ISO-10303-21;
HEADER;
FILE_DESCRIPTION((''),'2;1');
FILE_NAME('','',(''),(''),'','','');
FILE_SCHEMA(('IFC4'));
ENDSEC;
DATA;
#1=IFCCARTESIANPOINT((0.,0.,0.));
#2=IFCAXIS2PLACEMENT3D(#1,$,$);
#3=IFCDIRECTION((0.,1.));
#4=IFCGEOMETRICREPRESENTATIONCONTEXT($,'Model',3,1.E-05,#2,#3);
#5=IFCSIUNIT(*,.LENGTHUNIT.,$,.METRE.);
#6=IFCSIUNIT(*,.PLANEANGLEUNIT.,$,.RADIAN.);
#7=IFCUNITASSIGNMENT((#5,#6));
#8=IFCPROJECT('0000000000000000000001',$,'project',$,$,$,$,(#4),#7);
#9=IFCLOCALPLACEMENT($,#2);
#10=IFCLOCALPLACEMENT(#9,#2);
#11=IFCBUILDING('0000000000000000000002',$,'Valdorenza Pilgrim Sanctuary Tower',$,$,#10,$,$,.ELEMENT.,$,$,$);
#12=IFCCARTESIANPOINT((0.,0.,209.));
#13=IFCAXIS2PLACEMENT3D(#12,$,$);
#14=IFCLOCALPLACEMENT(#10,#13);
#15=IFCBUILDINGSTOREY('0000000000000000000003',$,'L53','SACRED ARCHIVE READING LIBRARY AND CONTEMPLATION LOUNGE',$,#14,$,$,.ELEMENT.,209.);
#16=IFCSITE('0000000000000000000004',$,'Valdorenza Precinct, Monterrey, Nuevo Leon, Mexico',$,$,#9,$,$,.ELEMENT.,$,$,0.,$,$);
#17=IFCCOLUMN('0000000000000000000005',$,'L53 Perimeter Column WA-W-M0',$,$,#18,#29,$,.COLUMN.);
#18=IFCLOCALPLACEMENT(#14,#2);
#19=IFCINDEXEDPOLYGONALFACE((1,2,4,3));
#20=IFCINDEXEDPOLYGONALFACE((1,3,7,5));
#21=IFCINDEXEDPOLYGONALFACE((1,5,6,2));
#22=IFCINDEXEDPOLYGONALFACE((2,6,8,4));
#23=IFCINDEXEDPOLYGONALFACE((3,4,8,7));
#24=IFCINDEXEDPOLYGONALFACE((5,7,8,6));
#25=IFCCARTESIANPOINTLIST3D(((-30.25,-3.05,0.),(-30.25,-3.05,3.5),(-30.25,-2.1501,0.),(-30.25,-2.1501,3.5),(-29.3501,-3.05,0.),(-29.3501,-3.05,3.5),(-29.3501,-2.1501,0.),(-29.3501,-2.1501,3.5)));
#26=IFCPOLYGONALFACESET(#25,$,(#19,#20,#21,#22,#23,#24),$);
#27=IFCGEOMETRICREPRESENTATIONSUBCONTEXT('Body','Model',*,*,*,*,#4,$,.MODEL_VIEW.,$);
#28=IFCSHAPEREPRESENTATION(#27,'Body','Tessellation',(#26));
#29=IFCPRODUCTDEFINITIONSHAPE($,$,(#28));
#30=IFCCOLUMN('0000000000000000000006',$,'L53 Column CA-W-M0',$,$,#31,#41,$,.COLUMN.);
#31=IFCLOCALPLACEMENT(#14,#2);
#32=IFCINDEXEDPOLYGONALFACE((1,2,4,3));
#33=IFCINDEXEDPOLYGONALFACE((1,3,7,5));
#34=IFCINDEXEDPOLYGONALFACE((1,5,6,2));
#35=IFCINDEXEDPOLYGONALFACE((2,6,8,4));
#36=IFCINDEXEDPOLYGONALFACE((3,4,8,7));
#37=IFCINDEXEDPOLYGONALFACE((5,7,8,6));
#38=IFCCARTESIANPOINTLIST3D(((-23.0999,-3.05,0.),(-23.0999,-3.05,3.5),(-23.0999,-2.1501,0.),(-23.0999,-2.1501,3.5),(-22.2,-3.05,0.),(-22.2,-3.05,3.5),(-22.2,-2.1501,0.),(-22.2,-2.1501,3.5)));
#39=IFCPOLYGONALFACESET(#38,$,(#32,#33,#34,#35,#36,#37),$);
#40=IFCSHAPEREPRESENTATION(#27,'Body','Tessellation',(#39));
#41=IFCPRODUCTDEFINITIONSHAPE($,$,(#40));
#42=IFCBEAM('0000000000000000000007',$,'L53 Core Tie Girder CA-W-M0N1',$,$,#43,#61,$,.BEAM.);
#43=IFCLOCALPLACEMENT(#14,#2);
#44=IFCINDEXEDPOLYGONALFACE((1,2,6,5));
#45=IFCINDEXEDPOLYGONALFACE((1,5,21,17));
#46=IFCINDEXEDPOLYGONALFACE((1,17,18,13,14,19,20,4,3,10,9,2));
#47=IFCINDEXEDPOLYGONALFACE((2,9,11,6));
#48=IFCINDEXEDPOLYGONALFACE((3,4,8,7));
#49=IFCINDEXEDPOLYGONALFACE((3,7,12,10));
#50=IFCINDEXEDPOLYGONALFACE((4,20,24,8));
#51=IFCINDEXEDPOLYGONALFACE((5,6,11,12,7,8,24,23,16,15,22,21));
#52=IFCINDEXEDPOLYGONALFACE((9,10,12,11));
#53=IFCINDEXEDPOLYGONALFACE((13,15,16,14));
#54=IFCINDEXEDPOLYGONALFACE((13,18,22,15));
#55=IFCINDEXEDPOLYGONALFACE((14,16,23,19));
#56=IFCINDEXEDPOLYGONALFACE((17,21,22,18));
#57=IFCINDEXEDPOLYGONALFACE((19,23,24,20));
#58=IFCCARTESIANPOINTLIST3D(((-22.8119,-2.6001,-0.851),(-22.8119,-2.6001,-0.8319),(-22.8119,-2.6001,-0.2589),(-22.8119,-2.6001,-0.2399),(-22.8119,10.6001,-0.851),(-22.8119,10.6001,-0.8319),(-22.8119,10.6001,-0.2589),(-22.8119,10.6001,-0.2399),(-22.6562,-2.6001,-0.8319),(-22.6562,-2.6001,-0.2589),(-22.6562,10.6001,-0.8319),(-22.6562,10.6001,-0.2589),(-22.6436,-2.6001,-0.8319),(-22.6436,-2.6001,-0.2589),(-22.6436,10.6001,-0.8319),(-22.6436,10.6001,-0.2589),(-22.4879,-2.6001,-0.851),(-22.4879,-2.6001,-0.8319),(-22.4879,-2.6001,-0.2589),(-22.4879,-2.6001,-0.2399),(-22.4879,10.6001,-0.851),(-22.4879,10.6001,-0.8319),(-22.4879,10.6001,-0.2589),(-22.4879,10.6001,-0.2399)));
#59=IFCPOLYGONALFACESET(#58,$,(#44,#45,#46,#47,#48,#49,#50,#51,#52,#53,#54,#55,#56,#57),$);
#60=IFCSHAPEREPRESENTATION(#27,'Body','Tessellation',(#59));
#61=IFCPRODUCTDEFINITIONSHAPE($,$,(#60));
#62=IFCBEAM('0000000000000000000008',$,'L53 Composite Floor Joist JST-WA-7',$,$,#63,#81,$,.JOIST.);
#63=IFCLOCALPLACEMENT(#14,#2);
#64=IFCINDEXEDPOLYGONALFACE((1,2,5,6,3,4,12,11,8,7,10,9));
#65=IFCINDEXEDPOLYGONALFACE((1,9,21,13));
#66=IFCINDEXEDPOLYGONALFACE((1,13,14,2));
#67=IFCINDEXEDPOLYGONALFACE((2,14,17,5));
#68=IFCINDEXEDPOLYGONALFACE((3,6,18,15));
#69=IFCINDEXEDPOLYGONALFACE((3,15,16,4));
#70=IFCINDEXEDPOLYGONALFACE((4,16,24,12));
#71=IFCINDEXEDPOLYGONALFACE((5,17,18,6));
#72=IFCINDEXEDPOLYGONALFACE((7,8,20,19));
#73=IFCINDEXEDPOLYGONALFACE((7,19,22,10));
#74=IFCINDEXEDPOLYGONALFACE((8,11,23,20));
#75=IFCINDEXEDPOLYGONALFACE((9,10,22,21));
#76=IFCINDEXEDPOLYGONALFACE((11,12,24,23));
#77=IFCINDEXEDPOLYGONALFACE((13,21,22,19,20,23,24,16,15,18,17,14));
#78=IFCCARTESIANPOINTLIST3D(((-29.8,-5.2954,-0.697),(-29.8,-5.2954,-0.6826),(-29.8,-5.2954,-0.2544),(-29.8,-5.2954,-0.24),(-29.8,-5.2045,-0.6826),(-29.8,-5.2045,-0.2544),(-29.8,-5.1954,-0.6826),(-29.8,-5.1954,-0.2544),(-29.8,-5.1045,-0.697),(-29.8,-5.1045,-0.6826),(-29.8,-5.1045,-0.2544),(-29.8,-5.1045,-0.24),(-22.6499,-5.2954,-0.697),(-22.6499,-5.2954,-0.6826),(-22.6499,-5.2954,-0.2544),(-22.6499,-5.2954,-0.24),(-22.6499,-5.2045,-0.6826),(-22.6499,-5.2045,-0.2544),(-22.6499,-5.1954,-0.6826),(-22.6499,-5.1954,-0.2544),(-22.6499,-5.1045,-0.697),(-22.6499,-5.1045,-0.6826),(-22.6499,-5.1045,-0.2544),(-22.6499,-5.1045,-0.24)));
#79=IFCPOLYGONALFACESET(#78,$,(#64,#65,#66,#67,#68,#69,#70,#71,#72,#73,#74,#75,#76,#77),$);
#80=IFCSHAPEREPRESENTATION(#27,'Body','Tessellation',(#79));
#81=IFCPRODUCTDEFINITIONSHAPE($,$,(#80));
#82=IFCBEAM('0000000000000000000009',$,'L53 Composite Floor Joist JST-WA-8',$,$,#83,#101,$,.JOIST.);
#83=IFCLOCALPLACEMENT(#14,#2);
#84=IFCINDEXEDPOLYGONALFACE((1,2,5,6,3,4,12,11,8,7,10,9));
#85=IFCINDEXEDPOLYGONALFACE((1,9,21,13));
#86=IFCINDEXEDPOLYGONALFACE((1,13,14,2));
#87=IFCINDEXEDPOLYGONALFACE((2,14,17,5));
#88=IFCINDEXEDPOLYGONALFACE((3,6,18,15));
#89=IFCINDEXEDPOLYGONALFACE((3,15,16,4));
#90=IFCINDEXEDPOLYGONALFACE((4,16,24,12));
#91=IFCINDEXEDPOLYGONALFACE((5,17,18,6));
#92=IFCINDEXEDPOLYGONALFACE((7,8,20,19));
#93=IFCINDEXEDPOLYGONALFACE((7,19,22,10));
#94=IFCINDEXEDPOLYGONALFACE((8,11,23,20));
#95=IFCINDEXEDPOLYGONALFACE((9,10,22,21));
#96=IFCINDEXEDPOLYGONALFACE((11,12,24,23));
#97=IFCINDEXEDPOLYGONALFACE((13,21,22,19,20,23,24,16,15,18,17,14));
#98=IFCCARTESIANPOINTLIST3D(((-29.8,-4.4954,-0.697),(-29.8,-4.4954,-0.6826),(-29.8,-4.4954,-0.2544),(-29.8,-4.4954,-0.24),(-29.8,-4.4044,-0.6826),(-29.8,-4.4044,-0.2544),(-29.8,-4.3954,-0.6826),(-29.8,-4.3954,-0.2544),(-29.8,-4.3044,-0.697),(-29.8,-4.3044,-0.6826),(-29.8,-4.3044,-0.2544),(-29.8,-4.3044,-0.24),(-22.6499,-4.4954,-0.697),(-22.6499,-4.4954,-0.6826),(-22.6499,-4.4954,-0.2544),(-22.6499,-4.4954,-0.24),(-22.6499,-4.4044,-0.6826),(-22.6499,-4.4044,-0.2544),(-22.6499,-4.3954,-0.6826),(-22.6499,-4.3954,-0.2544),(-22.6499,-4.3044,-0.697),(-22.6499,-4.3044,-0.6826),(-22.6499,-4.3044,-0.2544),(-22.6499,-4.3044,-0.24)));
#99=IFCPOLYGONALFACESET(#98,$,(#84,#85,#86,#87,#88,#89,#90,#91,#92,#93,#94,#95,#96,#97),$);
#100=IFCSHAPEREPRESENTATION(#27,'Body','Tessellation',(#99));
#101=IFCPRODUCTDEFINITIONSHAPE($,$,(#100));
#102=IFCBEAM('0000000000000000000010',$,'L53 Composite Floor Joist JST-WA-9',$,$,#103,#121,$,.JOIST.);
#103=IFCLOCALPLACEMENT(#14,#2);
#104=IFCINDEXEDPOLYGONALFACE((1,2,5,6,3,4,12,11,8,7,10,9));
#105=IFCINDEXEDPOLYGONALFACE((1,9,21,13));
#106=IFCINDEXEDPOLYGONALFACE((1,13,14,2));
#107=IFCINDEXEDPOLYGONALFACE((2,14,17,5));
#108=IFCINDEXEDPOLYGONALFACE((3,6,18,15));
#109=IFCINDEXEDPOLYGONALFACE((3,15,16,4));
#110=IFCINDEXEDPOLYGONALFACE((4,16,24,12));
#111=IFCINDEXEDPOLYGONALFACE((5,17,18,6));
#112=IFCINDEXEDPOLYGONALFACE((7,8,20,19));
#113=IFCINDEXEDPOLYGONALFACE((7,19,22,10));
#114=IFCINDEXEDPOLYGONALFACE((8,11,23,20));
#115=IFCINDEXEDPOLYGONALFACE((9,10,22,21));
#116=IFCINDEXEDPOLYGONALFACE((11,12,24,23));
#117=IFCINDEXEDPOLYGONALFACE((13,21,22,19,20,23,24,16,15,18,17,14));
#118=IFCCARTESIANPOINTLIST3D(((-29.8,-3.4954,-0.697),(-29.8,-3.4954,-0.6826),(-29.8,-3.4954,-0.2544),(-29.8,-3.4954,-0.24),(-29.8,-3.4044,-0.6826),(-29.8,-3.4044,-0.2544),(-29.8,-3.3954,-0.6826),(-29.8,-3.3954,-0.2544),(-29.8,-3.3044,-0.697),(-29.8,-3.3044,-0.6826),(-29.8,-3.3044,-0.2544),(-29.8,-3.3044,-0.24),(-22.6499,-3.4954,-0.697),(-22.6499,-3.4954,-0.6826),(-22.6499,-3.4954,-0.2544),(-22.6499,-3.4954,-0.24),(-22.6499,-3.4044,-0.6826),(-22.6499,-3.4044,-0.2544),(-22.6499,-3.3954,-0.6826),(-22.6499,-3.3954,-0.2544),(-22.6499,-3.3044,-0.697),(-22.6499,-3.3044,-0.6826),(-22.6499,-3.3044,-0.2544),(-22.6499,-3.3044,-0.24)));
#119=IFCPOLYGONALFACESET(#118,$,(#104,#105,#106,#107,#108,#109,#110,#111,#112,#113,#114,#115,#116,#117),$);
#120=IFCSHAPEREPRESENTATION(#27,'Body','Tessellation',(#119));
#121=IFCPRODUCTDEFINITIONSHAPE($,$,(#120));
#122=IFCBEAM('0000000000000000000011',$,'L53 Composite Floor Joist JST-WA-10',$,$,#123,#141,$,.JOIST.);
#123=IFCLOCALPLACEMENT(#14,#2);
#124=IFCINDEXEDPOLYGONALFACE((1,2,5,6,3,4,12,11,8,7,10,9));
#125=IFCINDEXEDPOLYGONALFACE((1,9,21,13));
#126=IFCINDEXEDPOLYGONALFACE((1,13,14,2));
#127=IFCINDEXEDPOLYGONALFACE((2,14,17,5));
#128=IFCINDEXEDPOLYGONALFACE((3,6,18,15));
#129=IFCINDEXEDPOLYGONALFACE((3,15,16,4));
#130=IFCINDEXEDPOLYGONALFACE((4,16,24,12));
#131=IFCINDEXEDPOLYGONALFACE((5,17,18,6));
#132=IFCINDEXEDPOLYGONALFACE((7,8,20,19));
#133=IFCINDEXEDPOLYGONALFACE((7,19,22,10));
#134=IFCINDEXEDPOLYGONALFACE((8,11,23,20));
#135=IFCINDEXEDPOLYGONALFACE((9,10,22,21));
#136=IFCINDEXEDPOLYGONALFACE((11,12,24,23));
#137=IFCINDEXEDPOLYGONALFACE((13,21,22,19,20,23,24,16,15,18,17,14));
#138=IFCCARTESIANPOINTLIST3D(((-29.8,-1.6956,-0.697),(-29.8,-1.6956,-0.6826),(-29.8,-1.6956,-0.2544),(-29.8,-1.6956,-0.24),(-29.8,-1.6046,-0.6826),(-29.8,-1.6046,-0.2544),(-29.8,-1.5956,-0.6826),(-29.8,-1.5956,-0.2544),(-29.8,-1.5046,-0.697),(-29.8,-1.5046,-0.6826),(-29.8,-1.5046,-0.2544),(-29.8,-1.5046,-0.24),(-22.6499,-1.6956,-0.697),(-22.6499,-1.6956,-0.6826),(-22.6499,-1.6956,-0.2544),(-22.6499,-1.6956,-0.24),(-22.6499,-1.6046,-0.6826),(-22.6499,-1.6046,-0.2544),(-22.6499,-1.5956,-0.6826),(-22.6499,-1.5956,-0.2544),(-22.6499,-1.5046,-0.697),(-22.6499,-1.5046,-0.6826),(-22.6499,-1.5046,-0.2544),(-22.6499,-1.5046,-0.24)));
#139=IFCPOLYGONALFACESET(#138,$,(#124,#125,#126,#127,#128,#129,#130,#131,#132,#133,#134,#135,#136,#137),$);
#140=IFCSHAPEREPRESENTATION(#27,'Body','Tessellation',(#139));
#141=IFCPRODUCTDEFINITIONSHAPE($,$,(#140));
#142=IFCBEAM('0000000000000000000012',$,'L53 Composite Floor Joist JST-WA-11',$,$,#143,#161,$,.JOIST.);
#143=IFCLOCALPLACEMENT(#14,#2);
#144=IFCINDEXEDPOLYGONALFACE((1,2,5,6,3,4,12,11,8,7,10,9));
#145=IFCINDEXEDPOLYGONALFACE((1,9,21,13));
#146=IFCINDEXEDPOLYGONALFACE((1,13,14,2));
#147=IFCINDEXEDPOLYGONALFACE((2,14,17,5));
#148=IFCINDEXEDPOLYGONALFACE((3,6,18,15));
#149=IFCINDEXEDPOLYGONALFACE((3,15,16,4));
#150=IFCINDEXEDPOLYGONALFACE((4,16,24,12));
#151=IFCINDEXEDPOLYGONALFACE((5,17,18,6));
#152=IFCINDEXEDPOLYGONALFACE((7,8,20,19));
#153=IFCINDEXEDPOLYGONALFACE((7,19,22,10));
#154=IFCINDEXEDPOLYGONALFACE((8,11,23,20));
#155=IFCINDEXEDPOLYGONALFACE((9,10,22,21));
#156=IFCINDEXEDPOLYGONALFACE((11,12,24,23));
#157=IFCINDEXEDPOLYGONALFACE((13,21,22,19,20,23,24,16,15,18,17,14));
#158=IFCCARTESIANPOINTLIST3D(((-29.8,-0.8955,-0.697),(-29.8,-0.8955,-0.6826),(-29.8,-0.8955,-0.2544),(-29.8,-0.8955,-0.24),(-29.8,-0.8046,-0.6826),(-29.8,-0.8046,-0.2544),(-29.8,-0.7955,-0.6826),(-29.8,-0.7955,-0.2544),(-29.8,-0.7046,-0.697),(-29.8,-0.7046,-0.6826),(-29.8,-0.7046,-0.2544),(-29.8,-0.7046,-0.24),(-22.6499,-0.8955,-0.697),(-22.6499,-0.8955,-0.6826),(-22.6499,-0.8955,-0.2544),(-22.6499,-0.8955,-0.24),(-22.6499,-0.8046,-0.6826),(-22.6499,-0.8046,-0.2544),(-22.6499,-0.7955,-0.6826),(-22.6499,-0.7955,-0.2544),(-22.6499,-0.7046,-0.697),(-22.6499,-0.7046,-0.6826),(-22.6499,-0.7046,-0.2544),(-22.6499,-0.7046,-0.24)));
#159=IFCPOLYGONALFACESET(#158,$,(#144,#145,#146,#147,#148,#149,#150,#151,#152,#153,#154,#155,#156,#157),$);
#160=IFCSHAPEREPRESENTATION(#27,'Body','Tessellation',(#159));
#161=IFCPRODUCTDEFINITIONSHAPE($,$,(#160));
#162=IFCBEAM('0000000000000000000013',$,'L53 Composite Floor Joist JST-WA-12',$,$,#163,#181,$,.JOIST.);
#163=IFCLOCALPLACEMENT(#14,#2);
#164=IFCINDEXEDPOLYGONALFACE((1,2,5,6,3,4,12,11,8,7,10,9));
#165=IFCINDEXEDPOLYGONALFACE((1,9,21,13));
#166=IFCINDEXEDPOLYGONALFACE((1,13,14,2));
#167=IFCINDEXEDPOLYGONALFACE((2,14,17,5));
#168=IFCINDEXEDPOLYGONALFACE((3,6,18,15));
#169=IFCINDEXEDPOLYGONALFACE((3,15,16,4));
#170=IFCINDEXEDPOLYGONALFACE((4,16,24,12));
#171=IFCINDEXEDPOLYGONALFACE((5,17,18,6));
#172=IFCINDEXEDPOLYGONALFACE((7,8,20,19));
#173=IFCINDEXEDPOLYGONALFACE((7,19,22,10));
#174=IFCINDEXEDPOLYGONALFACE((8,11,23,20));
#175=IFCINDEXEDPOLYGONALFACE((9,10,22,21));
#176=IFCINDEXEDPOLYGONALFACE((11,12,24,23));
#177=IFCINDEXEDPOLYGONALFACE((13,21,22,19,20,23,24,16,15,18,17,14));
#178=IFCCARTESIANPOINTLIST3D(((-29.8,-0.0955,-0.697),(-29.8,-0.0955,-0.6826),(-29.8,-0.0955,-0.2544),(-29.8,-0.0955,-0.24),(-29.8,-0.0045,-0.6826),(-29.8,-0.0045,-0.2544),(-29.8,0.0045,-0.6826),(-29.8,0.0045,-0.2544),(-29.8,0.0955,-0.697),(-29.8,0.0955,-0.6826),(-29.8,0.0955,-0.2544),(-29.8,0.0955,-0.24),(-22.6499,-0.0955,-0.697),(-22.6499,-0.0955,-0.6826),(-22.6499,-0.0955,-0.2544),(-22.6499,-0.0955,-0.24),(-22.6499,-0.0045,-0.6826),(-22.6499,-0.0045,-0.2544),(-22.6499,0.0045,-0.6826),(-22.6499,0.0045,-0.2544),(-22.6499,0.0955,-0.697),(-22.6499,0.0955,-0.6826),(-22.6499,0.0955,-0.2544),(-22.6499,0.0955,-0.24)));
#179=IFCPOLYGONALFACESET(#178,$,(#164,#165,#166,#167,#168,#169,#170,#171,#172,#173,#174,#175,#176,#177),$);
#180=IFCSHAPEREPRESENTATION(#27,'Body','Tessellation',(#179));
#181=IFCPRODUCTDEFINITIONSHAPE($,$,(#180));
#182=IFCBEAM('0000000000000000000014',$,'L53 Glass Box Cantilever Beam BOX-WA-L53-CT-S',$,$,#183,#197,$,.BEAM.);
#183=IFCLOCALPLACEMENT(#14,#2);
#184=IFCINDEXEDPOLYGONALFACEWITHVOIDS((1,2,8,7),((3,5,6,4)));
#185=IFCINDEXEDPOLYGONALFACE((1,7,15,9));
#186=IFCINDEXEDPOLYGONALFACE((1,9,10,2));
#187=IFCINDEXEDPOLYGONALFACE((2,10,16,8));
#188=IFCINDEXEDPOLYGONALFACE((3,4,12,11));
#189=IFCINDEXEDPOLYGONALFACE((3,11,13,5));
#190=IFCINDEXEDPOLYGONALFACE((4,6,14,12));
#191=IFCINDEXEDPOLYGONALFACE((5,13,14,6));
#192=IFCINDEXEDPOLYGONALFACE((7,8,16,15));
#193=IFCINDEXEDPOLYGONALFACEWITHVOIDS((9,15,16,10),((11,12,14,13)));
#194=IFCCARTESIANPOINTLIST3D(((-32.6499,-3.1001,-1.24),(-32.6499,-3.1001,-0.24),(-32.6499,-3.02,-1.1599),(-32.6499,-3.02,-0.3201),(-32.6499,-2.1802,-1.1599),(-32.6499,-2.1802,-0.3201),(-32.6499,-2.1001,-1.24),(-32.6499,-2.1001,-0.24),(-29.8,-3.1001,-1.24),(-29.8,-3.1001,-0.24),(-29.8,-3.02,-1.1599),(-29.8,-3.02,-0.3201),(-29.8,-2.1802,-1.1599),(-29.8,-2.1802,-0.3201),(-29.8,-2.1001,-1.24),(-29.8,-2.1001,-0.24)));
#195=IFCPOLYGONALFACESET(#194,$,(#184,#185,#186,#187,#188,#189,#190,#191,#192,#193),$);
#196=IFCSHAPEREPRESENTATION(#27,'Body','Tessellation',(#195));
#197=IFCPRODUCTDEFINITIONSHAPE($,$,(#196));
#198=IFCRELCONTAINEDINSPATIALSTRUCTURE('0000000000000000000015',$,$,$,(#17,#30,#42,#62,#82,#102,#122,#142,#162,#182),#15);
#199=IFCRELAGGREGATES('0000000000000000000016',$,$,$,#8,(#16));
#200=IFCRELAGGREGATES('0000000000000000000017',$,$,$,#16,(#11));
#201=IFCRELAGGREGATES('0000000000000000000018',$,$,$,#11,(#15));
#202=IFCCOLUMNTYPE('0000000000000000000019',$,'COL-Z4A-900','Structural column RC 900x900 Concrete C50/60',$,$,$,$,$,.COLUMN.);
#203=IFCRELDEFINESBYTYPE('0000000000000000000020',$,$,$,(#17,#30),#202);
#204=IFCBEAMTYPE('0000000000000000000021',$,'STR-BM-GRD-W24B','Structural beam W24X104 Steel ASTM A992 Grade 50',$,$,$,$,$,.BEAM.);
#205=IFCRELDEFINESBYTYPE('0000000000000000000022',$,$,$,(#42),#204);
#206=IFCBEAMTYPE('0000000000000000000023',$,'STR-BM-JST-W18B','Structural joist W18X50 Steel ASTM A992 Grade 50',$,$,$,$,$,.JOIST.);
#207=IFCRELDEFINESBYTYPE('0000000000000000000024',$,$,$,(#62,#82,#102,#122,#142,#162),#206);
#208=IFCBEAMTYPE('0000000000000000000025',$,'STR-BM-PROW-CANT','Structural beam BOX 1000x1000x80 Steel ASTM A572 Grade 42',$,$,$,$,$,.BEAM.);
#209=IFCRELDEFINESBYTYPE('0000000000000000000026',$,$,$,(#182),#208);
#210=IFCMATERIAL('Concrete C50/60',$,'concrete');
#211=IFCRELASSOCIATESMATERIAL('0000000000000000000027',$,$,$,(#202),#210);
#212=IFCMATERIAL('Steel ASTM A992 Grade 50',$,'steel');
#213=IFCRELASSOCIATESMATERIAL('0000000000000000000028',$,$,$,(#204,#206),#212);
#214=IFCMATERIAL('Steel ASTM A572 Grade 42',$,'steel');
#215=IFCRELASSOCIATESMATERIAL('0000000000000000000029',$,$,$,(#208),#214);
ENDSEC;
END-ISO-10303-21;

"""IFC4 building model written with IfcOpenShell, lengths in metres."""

from ifc_helpers import new_model, si_unit, direction, frame, origin, origin_2d, place, context, subcontext, project, spatial, rectangle, hollow_rectangle, i_section, extrude, source, transform, mapped, material, material_profile, profile_set, type_object, element, save


model = new_model("IFC4")

# Units and contexts
model_context = context("Model", 3, precision=1e-05, world=origin(), true_north=direction((0.0, 1.0)))
body_context = subcontext(model_context, "Body", "Model", "MODEL_VIEW")
ifc_project = project(units=[si_unit("LENGTHUNIT", "METRE"), si_unit("PLANEANGLEUNIT", "RADIAN")], contexts=[model_context])

# Site, building, storey
site_placement = place(None, origin())
site = spatial("IfcSite", under=ifc_project, at=site_placement, Name="Valdorenza Precinct, Monterrey, Nuevo Leon, Mexico", CompositionType="ELEMENT", RefElevation=0.0)
building_placement = place(site_placement, origin())
building = spatial("IfcBuilding", under=site, at=building_placement, Name="Valdorenza Pilgrim Sanctuary Tower", CompositionType="ELEMENT")
storey_placement = place(building_placement, frame((0.0, 0.0, 209.0)))
storey = spatial("IfcBuildingStorey", under=building, at=storey_placement, Name="L53", Description="SACRED ARCHIVE READING LIBRARY AND CONTEMPLATION LOUNGE", CompositionType="ELEMENT", Elevation=209.0)

# Columns
ifc_material_1 = material(Name="Concrete C50/60", Category="concrete")
ifc_material_profile_1 = material_profile(ifc_material_1, rectangle(XDim=0.8999, YDim=0.8999, at=origin_2d()), Name="RC 900x900")
ifc_profile_set_1 = profile_set([ifc_material_profile_1], Name="Concrete C50/60")
column_type = type_object("IfcColumnType", Name="COL-Z4A-900", Description="Structural column RC 900x900 Concrete C50/60", PredefinedType="COLUMN", material=ifc_profile_set_1)
shared_shape_1 = source(origin(), body_context, "Body", "SweptSolid", [
    extrude(rectangle(XDim=0.8999, YDim=0.8999, at=origin_2d()), origin(), (0.0, 0.0, 1.0), 3.5),
])
for number, where, z_axis, x_axis, name in (
    (1, (-29.8, -2.6001, 0.0), (0.0, 0.0, 1.0), (1.0, 0.0, 0.0), "L53 Perimeter Column WA-W-M0"),
    (2, (-22.6499, -2.6001, 0.0), (0.0, 0.0, 1.0), (1.0, 0.0, 0.0), "L53 Column CA-W-M0"),
):
    element("IfcColumn", number, at=place(storey_placement, frame(where, z_axis=z_axis, x_axis=x_axis)), inside=storey, type_object=column_type, Name=name, PredefinedType="COLUMN", context=body_context, shape_type="MappedRepresentation", body=[
        mapped(shared_shape_1, transform((0.0, 0.0, 0.0), x_axis=(1.0, 0.0, 0.0), y_axis=(0.0, 1.0, 0.0), z_axis=(0.0, 0.0, 1.0), scale=1.0)),
    ])

# Beams
ifc_material_2 = material(Name="Steel ASTM A992 Grade 50", Category="steel")
ifc_material_profile_2 = material_profile(ifc_material_2, i_section(OverallWidth=0.324, OverallDepth=0.6111, WebThickness=0.0127, FlangeThickness=0.019, at=origin_2d()), Name="W24X104")
ifc_profile_set_2 = profile_set([ifc_material_profile_2], Name="Steel ASTM A992 Grade 50")
beam_type_1 = type_object("IfcBeamType", Name="STR-BM-GRD-W24B", Description="Structural beam W24X104 Steel ASTM A992 Grade 50", PredefinedType="BEAM", material=ifc_profile_set_2)
shared_shape_2 = source(origin(), body_context, "Body", "SweptSolid", [
    extrude(i_section(OverallWidth=0.324, OverallDepth=0.6111, WebThickness=0.0127, FlangeThickness=0.019, at=origin_2d()), origin(), (0.0, 0.0, 1.0), 13.2002),
])
beam_1_placement = place(storey_placement, frame((-22.6499, -2.6001, -0.5454), z_axis=(0.0, 1.0, 0.0), x_axis=(-1.0, 0.0, 0.0)))
element("IfcBeam", 3, at=beam_1_placement, inside=storey, type_object=beam_type_1, Name="L53 Core Tie Girder CA-W-M0N1", PredefinedType="BEAM", context=body_context, shape_type="MappedRepresentation", body=[
    mapped(shared_shape_2, transform((0.0, 0.0, 0.0), x_axis=(1.0, 0.0, 0.0), y_axis=(0.0, 1.0, 0.0), z_axis=(0.0, 0.0, 1.0), scale=1.0)),
])
ifc_material_profile_3 = material_profile(ifc_material_2, i_section(OverallWidth=0.1909, OverallDepth=0.457, WebThickness=0.009, FlangeThickness=0.0144, at=origin_2d()), Name="W18X50")
ifc_profile_set_3 = profile_set([ifc_material_profile_3], Name="Steel ASTM A992 Grade 50")
beam_type_2 = type_object("IfcBeamType", Name="STR-BM-JST-W18B", Description="Structural joist W18X50 Steel ASTM A992 Grade 50", PredefinedType="JOIST", material=ifc_profile_set_3)
shared_shape_3 = source(origin(), body_context, "Body", "SweptSolid", [
    extrude(i_section(OverallWidth=0.1909, OverallDepth=0.457, WebThickness=0.009, FlangeThickness=0.0144, at=origin_2d()), origin(), (0.0, 0.0, 1.0), 7.1501),
])
for number, where, z_axis, x_axis, name in (
    (4, (-29.8, -5.2, -0.4685), (1.0, 0.0, 0.0), (0.0, 1.0, 0.0), "L53 Composite Floor Joist JST-WA-7"),
    (5, (-29.8, -4.3999, -0.4685), (1.0, 0.0, 0.0), (0.0, 1.0, 0.0), "L53 Composite Floor Joist JST-WA-8"),
    (6, (-29.8, -3.3999, -0.4685), (1.0, 0.0, 0.0), (0.0, 1.0, 0.0), "L53 Composite Floor Joist JST-WA-9"),
    (7, (-29.8, -1.6001, -0.4685), (1.0, 0.0, 0.0), (0.0, 1.0, 0.0), "L53 Composite Floor Joist JST-WA-10"),
    (8, (-29.8, -0.8, -0.4685), (1.0, 0.0, 0.0), (0.0, 1.0, 0.0), "L53 Composite Floor Joist JST-WA-11"),
    (9, (-29.8, 0.0, -0.4685), (1.0, 0.0, 0.0), (0.0, 1.0, 0.0), "L53 Composite Floor Joist JST-WA-12"),
):
    element("IfcBeam", number, at=place(storey_placement, frame(where, z_axis=z_axis, x_axis=x_axis)), inside=storey, type_object=beam_type_2, Name=name, PredefinedType="JOIST", context=body_context, shape_type="MappedRepresentation", body=[
        mapped(shared_shape_3, transform((0.0, 0.0, 0.0), x_axis=(1.0, 0.0, 0.0), y_axis=(0.0, 1.0, 0.0), z_axis=(0.0, 0.0, 1.0), scale=1.0)),
    ])
ifc_material_3 = material(Name="Steel ASTM A572 Grade 42", Category="steel")
ifc_material_profile_4 = material_profile(ifc_material_3, hollow_rectangle(XDim=1.0, YDim=1.0, WallThickness=0.0801, at=origin_2d()), Name="BOX 1000x1000x80")
ifc_profile_set_4 = profile_set([ifc_material_profile_4], Name="Steel ASTM A572 Grade 42")
beam_type_3 = type_object("IfcBeamType", Name="STR-BM-PROW-CANT", Description="Structural beam BOX 1000x1000x80 Steel ASTM A572 Grade 42", PredefinedType="BEAM", material=ifc_profile_set_4)
shared_shape_4 = source(origin(), body_context, "Body", "SweptSolid", [
    extrude(hollow_rectangle(XDim=1.0, YDim=1.0, WallThickness=0.0801, at=origin_2d()), origin(), (0.0, 0.0, 1.0), 2.8499),
])
beam_2_placement = place(storey_placement, frame((-29.8, -2.6001, -0.74), z_axis=(-1.0, 0.0, 0.0), x_axis=(0.0, -1.0, 0.0)))
element("IfcBeam", 10, at=beam_2_placement, inside=storey, type_object=beam_type_3, Name="L53 Glass Box Cantilever Beam BOX-WA-L53-CT-S", PredefinedType="BEAM", context=body_context, shape_type="MappedRepresentation", body=[
    mapped(shared_shape_4, transform((0.0, 0.0, 0.0), x_axis=(1.0, 0.0, 0.0), y_axis=(0.0, 1.0, 0.0), z_axis=(0.0, 0.0, 1.0), scale=1.0)),
])

save(model, "model.ifc")
